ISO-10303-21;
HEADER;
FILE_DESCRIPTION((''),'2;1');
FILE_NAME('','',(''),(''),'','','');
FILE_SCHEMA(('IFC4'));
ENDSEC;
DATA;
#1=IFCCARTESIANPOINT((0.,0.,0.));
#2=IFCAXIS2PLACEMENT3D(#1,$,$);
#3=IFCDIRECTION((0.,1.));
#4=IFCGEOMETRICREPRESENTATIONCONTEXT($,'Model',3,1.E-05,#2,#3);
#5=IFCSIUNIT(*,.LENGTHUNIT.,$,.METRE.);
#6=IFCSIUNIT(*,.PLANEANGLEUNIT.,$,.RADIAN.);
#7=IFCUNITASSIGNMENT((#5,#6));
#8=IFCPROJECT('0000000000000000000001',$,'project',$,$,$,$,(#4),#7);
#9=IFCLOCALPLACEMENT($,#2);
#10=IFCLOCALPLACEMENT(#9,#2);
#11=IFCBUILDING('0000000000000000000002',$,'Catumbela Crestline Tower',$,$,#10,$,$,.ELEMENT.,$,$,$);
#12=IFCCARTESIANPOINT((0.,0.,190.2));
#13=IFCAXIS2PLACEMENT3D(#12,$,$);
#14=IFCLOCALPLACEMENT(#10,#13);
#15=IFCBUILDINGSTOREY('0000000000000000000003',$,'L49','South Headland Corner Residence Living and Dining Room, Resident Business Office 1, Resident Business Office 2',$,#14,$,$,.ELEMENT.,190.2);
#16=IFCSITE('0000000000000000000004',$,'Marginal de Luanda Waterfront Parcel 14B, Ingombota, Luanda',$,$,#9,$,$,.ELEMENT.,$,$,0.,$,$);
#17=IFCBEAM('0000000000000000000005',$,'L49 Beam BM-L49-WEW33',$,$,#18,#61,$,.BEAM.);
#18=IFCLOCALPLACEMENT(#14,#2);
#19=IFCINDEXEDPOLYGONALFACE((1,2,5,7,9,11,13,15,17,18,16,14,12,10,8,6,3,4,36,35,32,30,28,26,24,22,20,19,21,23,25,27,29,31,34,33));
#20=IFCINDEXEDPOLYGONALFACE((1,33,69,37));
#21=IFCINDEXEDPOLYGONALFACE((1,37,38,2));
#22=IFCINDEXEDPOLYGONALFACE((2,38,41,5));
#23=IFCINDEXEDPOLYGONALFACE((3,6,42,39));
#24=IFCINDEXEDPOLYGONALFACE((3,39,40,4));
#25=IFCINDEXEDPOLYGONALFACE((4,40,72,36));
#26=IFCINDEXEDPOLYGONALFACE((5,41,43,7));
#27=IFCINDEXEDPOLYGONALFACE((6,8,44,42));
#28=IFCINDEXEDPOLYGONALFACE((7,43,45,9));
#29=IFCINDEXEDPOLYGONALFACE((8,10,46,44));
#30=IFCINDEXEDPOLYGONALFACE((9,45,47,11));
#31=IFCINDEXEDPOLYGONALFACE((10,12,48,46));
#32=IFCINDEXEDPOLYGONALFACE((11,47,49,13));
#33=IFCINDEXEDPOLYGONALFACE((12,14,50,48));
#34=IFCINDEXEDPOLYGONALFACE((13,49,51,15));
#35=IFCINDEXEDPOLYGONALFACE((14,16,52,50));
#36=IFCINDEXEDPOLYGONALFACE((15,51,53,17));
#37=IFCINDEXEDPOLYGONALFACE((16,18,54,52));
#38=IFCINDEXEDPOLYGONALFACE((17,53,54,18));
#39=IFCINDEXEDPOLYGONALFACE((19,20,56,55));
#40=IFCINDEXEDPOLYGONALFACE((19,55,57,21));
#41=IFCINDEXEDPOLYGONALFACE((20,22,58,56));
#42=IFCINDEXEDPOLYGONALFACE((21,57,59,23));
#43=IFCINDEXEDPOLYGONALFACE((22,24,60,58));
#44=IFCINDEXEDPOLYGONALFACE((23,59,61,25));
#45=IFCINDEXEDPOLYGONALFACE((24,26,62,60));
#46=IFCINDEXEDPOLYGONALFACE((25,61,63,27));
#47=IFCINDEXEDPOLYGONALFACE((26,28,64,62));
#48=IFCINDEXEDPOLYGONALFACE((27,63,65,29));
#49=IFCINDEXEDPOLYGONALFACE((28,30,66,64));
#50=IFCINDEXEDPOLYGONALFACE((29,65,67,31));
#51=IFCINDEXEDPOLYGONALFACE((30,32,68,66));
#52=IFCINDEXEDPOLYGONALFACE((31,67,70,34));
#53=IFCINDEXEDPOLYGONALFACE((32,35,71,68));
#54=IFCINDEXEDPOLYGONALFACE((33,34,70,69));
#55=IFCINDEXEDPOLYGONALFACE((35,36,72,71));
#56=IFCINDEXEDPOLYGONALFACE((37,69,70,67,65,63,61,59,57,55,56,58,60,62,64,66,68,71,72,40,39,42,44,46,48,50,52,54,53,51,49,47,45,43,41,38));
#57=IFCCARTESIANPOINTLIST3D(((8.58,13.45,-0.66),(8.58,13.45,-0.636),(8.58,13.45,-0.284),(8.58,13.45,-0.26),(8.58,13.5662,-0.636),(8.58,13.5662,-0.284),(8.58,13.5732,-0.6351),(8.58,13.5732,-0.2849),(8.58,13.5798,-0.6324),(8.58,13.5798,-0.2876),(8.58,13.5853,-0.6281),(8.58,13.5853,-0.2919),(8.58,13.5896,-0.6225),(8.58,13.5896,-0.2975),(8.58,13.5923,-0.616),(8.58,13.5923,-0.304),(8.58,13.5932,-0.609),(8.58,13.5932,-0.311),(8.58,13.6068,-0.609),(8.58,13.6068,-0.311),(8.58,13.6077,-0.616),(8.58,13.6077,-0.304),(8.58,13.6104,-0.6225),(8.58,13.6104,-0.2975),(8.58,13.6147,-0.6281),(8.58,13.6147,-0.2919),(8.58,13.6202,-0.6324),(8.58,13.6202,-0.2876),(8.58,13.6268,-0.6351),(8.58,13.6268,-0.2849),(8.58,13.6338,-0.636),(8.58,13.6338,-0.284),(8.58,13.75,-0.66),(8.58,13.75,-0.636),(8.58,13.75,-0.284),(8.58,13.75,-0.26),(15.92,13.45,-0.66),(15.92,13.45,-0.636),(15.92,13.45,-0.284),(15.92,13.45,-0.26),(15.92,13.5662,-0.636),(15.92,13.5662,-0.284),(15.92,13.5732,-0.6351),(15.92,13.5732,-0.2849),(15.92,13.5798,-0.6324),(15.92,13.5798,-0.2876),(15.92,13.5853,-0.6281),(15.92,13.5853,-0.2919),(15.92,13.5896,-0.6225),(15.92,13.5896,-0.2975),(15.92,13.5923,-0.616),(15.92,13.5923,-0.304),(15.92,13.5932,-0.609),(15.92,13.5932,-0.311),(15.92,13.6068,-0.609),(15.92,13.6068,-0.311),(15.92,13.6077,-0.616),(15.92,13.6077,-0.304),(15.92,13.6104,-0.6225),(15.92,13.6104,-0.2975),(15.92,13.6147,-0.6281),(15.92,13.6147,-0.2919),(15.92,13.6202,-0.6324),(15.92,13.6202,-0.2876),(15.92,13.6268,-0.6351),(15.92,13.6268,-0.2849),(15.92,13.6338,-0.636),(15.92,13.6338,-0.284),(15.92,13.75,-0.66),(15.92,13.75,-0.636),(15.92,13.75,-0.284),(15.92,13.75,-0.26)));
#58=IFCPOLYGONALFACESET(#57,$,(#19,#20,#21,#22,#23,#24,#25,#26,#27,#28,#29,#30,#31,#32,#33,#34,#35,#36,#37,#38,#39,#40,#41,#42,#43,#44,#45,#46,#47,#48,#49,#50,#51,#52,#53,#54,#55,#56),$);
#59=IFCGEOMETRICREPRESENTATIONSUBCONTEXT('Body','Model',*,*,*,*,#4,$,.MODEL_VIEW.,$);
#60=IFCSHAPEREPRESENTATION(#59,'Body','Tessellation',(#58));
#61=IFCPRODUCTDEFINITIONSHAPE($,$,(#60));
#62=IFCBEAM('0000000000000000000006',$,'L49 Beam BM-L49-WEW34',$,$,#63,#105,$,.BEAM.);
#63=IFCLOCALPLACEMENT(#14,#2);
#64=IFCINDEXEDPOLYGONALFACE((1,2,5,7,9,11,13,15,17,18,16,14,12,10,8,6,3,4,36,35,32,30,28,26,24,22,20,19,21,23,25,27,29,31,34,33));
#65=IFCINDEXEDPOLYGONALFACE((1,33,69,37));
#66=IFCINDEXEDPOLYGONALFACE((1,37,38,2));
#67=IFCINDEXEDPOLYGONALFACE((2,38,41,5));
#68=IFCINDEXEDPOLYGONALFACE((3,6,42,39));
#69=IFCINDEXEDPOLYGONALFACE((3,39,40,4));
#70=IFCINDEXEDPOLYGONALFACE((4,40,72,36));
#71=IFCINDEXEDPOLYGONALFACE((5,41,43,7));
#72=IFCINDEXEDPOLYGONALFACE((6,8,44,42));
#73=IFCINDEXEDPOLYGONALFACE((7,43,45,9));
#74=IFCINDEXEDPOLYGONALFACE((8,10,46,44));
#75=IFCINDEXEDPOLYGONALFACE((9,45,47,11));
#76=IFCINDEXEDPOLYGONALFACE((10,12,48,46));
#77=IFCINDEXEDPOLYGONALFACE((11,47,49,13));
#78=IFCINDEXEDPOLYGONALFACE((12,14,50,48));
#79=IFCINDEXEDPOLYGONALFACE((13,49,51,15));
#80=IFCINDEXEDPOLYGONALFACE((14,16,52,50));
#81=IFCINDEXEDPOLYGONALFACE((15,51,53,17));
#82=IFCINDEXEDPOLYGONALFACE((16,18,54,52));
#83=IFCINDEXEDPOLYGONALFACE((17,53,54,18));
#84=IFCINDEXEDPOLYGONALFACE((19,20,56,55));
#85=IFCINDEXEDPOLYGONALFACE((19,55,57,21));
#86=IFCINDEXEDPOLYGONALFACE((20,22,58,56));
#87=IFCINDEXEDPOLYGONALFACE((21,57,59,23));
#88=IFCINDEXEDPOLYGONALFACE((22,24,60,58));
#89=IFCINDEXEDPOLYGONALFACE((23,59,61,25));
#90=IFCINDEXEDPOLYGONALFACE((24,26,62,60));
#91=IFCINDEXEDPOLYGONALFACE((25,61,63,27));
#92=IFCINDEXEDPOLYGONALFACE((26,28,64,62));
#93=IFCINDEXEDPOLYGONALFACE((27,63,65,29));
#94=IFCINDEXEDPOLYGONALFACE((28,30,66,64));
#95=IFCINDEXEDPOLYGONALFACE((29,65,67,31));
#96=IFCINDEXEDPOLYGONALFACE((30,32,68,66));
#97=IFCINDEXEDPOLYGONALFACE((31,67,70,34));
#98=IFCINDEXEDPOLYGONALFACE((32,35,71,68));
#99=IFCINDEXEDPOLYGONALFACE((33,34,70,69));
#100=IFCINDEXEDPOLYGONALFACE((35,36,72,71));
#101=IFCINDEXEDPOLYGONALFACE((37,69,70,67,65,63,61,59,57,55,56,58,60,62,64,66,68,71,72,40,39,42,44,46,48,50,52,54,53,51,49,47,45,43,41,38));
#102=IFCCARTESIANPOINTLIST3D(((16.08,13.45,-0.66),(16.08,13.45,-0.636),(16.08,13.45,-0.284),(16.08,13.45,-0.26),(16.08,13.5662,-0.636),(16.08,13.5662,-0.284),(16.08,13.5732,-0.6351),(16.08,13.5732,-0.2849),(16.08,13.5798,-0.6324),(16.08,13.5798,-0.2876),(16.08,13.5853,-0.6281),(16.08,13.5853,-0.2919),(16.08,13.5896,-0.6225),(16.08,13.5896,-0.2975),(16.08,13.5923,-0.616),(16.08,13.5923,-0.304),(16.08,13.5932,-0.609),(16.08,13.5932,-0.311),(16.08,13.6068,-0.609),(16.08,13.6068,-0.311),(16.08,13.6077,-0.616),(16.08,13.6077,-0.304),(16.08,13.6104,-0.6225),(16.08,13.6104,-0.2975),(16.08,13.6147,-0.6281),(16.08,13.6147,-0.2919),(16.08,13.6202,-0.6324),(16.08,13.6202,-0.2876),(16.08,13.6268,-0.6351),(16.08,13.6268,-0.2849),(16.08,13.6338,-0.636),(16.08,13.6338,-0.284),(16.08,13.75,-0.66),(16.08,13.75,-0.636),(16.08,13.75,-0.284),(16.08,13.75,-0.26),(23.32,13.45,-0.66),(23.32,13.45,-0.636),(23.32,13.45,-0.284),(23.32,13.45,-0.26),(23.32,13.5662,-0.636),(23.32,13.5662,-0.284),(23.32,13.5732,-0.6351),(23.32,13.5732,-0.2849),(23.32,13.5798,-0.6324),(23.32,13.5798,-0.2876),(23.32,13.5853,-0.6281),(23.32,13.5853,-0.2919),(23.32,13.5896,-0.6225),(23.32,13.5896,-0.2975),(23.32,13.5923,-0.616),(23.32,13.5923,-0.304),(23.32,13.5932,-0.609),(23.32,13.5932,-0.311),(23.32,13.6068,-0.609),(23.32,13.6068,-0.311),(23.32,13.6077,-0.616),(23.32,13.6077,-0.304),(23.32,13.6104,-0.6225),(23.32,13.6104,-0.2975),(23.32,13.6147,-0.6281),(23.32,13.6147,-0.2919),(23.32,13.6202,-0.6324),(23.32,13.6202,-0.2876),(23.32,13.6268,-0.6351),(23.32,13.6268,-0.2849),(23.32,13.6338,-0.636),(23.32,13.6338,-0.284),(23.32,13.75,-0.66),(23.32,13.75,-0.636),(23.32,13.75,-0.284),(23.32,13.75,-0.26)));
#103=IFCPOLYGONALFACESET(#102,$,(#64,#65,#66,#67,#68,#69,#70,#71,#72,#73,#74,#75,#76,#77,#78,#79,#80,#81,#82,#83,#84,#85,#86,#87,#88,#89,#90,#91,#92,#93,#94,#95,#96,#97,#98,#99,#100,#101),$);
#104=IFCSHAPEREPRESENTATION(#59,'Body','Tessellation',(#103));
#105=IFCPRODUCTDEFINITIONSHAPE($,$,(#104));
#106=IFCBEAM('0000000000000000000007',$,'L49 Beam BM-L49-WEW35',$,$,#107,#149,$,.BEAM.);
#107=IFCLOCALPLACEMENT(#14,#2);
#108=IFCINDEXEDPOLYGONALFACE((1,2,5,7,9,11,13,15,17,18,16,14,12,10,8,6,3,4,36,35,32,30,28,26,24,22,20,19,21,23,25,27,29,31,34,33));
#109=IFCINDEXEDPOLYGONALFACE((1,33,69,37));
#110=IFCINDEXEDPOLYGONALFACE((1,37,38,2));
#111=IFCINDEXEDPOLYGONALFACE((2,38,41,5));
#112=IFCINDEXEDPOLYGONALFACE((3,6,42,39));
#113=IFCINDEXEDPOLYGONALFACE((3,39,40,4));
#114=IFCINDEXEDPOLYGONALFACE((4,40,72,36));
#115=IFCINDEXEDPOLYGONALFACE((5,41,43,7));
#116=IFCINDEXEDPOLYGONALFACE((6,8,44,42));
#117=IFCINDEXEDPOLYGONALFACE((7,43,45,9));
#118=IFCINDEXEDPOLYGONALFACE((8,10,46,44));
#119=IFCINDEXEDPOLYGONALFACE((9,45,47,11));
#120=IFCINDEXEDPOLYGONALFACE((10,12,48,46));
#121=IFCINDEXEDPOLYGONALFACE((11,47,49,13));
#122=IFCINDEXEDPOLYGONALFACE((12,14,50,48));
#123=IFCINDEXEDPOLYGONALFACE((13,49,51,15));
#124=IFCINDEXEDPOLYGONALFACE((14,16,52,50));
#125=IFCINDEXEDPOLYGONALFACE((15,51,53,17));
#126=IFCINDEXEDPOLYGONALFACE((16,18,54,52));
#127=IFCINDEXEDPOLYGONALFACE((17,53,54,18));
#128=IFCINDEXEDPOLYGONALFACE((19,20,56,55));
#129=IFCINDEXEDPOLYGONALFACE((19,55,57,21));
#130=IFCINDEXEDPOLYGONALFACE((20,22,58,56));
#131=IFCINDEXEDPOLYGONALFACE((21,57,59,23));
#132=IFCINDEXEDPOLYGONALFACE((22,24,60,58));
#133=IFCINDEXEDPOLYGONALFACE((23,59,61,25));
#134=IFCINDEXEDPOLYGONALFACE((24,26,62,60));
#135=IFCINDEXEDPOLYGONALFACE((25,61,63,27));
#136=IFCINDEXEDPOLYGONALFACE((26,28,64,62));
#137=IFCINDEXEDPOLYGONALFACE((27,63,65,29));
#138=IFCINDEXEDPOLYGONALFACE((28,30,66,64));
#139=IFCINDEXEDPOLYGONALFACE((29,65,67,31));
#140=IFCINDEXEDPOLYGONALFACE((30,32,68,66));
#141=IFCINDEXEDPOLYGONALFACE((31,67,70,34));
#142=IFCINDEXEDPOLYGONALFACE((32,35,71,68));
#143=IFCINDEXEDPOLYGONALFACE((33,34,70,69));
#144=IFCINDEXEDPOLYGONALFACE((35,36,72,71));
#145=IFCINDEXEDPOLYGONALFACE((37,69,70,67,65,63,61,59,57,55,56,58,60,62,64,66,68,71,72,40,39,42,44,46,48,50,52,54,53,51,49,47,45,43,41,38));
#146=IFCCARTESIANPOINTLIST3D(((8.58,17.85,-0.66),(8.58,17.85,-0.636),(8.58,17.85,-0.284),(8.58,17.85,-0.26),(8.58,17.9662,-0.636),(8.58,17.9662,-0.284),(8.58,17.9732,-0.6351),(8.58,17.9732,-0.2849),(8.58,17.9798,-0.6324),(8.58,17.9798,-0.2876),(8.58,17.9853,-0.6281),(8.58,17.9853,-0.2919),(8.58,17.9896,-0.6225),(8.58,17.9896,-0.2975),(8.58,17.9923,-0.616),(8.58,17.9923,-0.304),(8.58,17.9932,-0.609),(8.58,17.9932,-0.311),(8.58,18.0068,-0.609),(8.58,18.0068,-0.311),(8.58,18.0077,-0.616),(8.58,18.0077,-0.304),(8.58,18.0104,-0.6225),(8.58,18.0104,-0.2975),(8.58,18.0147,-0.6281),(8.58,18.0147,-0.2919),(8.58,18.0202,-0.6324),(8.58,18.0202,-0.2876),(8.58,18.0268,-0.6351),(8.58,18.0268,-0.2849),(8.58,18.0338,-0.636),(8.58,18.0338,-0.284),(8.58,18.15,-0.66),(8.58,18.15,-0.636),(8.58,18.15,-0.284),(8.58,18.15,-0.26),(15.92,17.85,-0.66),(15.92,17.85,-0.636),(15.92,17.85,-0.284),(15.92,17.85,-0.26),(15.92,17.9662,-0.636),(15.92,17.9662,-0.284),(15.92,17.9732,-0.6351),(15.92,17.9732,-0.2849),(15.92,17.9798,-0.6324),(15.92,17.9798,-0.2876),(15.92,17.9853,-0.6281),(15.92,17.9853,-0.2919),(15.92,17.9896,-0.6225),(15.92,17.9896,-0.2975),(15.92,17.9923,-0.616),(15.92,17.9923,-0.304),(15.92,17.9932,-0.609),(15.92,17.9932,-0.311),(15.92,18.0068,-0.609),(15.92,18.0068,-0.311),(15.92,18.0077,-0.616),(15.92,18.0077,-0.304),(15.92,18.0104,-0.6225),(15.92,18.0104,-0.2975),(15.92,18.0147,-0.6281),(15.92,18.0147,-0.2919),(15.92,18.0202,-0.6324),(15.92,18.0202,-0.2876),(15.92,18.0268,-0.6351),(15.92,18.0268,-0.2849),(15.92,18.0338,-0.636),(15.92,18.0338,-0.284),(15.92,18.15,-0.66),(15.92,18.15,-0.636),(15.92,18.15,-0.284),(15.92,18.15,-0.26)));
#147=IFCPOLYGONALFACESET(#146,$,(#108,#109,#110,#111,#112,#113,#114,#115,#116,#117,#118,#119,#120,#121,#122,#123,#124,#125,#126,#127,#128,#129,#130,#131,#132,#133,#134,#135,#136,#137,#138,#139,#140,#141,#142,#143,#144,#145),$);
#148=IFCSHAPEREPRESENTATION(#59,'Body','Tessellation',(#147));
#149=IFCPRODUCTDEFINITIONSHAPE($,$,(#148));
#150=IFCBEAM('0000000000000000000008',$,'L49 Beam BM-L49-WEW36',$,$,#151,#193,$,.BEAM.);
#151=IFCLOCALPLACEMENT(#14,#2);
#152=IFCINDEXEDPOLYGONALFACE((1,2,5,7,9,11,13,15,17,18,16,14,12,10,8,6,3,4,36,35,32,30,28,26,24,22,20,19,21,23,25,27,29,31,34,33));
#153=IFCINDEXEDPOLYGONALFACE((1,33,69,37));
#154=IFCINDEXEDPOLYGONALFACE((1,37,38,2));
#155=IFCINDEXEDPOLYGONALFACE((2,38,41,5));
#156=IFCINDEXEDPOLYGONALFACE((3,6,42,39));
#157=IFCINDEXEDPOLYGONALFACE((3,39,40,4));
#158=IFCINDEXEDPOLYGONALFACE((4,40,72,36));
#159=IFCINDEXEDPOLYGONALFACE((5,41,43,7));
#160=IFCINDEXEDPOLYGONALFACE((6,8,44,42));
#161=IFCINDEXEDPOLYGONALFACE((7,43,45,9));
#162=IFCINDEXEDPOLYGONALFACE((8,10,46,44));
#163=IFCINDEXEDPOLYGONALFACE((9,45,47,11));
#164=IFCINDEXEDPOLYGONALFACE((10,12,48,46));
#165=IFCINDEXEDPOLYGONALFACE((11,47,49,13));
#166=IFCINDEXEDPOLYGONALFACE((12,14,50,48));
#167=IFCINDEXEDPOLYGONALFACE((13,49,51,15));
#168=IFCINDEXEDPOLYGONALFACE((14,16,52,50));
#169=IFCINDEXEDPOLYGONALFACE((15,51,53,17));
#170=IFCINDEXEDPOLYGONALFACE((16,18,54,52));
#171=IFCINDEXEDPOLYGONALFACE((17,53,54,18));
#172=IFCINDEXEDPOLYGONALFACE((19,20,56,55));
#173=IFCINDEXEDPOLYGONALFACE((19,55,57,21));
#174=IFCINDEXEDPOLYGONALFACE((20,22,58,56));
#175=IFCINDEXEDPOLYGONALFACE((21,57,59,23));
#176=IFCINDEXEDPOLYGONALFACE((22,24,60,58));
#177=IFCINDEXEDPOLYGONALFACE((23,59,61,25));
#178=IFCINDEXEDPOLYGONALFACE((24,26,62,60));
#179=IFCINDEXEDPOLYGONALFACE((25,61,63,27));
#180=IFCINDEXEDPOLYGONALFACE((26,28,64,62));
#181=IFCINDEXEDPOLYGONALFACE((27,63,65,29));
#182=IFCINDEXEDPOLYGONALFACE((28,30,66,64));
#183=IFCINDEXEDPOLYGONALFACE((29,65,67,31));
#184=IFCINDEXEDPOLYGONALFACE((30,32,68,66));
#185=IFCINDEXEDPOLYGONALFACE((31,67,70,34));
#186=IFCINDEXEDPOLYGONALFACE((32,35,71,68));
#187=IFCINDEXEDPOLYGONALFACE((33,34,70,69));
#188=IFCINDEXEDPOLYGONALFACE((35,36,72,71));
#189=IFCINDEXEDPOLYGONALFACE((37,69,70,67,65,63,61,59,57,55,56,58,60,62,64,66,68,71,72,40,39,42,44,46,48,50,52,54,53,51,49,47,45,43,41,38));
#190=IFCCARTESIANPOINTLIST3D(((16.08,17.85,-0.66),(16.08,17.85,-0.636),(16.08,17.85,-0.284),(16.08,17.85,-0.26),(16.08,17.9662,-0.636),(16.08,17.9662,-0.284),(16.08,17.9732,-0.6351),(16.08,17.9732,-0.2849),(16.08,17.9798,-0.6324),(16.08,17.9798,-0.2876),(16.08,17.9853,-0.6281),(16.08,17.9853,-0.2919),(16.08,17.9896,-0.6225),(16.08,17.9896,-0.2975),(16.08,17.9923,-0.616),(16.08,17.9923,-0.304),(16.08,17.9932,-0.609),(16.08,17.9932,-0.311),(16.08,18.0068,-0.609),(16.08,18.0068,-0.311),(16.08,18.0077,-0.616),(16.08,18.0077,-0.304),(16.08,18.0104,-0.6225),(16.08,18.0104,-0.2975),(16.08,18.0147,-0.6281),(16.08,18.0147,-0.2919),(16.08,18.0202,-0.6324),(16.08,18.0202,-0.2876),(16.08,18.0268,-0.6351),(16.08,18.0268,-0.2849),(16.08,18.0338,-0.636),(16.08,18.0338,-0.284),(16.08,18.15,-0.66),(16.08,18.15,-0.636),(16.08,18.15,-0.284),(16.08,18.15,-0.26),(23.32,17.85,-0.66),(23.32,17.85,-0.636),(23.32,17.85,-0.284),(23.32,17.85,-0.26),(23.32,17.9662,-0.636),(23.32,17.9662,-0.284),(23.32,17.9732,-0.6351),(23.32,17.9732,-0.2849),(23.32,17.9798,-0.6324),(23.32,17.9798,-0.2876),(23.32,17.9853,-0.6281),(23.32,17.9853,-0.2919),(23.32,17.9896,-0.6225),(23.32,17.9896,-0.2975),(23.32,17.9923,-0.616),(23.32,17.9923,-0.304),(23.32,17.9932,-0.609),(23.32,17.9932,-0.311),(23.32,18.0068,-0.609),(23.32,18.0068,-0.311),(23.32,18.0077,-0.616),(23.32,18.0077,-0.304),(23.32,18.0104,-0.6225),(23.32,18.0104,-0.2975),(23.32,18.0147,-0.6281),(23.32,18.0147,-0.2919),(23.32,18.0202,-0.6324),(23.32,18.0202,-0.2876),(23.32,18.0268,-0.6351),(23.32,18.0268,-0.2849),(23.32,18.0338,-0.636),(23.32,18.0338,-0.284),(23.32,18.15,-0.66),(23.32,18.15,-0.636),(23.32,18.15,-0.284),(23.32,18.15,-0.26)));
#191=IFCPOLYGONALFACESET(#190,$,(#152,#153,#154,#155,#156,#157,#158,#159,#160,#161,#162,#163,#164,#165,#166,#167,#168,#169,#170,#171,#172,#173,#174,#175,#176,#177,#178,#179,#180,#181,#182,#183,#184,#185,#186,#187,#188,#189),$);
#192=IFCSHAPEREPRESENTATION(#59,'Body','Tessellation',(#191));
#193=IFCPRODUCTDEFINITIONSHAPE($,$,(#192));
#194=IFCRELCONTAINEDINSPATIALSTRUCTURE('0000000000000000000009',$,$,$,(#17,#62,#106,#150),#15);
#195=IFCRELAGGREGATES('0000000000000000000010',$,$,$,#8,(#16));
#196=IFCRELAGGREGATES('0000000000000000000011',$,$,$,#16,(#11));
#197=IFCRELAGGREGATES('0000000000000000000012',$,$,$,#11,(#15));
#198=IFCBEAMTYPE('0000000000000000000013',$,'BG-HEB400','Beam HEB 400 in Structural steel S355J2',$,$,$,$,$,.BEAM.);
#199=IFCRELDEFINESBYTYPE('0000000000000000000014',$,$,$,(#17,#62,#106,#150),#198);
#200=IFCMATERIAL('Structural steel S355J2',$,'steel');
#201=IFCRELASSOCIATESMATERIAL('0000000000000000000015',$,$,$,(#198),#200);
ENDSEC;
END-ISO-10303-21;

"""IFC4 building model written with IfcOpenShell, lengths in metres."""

from ifc_helpers import new_model, si_unit, direction, frame, origin, origin_2d, place, context, subcontext, project, spatial, i_section, extrude, material, material_profile, profile_set, type_object, element, save


model = new_model("IFC4")

# Units and contexts
model_context = context("Model", 3, precision=1e-05, world=origin(), true_north=direction((0.0, 1.0)))
body_context = subcontext(model_context, "Body", "Model", "MODEL_VIEW")
ifc_project = project(units=[si_unit("LENGTHUNIT", "METRE"), si_unit("PLANEANGLEUNIT", "RADIAN")], contexts=[model_context])

# Site, building, storey
site_placement = place(None, origin())
site = spatial("IfcSite", under=ifc_project, at=site_placement, Name="Marginal de Luanda Waterfront Parcel 14B, Ingombota, Luanda", CompositionType="ELEMENT", RefElevation=0.0)
building_placement = place(site_placement, origin())
building = spatial("IfcBuilding", under=site, at=building_placement, Name="Catumbela Crestline Tower", CompositionType="ELEMENT")
storey_placement = place(building_placement, frame((0.0, 0.0, 190.2)))
storey = spatial("IfcBuildingStorey", under=building, at=storey_placement, Name="L49", Description="South Headland Corner Residence Living and Dining Room, Resident Business Office 1, Resident Business Office 2", CompositionType="ELEMENT", Elevation=190.2)

# Shared definitions
ifc_material_1 = material(Name="Structural steel S355J2", Category="steel")

# Beams
ifc_material_profile_1 = material_profile(ifc_material_1, i_section(OverallWidth=0.3, OverallDepth=0.4, WebThickness=0.0135, FlangeThickness=0.024, FilletRadius=0.027, at=origin_2d()), Name="HEB 400")
ifc_profile_set_1 = profile_set([ifc_material_profile_1], Name="Structural steel S355J2")
beam_type_1 = type_object("IfcBeamType", Name="BG-HEB400", Description="Beam HEB 400 in Structural steel S355J2", PredefinedType="BEAM", material=ifc_profile_set_1)
beam_1_placement = place(storey_placement, frame((8.58, 13.6, -0.46), z_axis=(1.0, 0.0, 0.0), x_axis=(0.0, 1.0, 0.0)))
element("IfcBeam", 1, at=beam_1_placement, inside=storey, type_object=beam_type_1, Name="L49 Beam BM-L49-WEW33", PredefinedType="BEAM", context=body_context, shape_type="SweptSolid", body=[
    extrude(i_section(OverallWidth=0.3, OverallDepth=0.4, WebThickness=0.0135, FlangeThickness=0.024, FilletRadius=0.027, at=origin_2d()), origin(), (0.0, 0.0, 1.0), 7.34),
])
beam_2_placement = place(storey_placement, frame((16.08, 13.6, -0.46), z_axis=(1.0, 0.0, 0.0), x_axis=(0.0, 1.0, 0.0)))
element("IfcBeam", 2, at=beam_2_placement, inside=storey, type_object=beam_type_1, Name="L49 Beam BM-L49-WEW34", PredefinedType="BEAM", context=body_context, shape_type="SweptSolid", body=[
    extrude(i_section(OverallWidth=0.3, OverallDepth=0.4, WebThickness=0.0135, FlangeThickness=0.024, FilletRadius=0.027, at=origin_2d()), origin(), (0.0, 0.0, 1.0), 7.24),
])
beam_3_placement = place(storey_placement, frame((8.58, 18.0, -0.46), z_axis=(1.0, 0.0, 0.0), x_axis=(0.0, 1.0, 0.0)))
element("IfcBeam", 3, at=beam_3_placement, inside=storey, type_object=beam_type_1, Name="L49 Beam BM-L49-WEW35", PredefinedType="BEAM", context=body_context, shape_type="SweptSolid", body=[
    extrude(i_section(OverallWidth=0.3, OverallDepth=0.4, WebThickness=0.0135, FlangeThickness=0.024, FilletRadius=0.027, at=origin_2d()), origin(), (0.0, 0.0, 1.0), 7.34),
])
beam_4_placement = place(storey_placement, frame((16.08, 18.0, -0.46), z_axis=(1.0, 0.0, 0.0), x_axis=(0.0, 1.0, 0.0)))
element("IfcBeam", 4, at=beam_4_placement, inside=storey, type_object=beam_type_1, Name="L49 Beam BM-L49-WEW36", PredefinedType="BEAM", context=body_context, shape_type="SweptSolid", body=[
    extrude(i_section(OverallWidth=0.3, OverallDepth=0.4, WebThickness=0.0135, FlangeThickness=0.024, FilletRadius=0.027, at=origin_2d()), origin(), (0.0, 0.0, 1.0), 7.24),
])

save(model, "model.ifc")
